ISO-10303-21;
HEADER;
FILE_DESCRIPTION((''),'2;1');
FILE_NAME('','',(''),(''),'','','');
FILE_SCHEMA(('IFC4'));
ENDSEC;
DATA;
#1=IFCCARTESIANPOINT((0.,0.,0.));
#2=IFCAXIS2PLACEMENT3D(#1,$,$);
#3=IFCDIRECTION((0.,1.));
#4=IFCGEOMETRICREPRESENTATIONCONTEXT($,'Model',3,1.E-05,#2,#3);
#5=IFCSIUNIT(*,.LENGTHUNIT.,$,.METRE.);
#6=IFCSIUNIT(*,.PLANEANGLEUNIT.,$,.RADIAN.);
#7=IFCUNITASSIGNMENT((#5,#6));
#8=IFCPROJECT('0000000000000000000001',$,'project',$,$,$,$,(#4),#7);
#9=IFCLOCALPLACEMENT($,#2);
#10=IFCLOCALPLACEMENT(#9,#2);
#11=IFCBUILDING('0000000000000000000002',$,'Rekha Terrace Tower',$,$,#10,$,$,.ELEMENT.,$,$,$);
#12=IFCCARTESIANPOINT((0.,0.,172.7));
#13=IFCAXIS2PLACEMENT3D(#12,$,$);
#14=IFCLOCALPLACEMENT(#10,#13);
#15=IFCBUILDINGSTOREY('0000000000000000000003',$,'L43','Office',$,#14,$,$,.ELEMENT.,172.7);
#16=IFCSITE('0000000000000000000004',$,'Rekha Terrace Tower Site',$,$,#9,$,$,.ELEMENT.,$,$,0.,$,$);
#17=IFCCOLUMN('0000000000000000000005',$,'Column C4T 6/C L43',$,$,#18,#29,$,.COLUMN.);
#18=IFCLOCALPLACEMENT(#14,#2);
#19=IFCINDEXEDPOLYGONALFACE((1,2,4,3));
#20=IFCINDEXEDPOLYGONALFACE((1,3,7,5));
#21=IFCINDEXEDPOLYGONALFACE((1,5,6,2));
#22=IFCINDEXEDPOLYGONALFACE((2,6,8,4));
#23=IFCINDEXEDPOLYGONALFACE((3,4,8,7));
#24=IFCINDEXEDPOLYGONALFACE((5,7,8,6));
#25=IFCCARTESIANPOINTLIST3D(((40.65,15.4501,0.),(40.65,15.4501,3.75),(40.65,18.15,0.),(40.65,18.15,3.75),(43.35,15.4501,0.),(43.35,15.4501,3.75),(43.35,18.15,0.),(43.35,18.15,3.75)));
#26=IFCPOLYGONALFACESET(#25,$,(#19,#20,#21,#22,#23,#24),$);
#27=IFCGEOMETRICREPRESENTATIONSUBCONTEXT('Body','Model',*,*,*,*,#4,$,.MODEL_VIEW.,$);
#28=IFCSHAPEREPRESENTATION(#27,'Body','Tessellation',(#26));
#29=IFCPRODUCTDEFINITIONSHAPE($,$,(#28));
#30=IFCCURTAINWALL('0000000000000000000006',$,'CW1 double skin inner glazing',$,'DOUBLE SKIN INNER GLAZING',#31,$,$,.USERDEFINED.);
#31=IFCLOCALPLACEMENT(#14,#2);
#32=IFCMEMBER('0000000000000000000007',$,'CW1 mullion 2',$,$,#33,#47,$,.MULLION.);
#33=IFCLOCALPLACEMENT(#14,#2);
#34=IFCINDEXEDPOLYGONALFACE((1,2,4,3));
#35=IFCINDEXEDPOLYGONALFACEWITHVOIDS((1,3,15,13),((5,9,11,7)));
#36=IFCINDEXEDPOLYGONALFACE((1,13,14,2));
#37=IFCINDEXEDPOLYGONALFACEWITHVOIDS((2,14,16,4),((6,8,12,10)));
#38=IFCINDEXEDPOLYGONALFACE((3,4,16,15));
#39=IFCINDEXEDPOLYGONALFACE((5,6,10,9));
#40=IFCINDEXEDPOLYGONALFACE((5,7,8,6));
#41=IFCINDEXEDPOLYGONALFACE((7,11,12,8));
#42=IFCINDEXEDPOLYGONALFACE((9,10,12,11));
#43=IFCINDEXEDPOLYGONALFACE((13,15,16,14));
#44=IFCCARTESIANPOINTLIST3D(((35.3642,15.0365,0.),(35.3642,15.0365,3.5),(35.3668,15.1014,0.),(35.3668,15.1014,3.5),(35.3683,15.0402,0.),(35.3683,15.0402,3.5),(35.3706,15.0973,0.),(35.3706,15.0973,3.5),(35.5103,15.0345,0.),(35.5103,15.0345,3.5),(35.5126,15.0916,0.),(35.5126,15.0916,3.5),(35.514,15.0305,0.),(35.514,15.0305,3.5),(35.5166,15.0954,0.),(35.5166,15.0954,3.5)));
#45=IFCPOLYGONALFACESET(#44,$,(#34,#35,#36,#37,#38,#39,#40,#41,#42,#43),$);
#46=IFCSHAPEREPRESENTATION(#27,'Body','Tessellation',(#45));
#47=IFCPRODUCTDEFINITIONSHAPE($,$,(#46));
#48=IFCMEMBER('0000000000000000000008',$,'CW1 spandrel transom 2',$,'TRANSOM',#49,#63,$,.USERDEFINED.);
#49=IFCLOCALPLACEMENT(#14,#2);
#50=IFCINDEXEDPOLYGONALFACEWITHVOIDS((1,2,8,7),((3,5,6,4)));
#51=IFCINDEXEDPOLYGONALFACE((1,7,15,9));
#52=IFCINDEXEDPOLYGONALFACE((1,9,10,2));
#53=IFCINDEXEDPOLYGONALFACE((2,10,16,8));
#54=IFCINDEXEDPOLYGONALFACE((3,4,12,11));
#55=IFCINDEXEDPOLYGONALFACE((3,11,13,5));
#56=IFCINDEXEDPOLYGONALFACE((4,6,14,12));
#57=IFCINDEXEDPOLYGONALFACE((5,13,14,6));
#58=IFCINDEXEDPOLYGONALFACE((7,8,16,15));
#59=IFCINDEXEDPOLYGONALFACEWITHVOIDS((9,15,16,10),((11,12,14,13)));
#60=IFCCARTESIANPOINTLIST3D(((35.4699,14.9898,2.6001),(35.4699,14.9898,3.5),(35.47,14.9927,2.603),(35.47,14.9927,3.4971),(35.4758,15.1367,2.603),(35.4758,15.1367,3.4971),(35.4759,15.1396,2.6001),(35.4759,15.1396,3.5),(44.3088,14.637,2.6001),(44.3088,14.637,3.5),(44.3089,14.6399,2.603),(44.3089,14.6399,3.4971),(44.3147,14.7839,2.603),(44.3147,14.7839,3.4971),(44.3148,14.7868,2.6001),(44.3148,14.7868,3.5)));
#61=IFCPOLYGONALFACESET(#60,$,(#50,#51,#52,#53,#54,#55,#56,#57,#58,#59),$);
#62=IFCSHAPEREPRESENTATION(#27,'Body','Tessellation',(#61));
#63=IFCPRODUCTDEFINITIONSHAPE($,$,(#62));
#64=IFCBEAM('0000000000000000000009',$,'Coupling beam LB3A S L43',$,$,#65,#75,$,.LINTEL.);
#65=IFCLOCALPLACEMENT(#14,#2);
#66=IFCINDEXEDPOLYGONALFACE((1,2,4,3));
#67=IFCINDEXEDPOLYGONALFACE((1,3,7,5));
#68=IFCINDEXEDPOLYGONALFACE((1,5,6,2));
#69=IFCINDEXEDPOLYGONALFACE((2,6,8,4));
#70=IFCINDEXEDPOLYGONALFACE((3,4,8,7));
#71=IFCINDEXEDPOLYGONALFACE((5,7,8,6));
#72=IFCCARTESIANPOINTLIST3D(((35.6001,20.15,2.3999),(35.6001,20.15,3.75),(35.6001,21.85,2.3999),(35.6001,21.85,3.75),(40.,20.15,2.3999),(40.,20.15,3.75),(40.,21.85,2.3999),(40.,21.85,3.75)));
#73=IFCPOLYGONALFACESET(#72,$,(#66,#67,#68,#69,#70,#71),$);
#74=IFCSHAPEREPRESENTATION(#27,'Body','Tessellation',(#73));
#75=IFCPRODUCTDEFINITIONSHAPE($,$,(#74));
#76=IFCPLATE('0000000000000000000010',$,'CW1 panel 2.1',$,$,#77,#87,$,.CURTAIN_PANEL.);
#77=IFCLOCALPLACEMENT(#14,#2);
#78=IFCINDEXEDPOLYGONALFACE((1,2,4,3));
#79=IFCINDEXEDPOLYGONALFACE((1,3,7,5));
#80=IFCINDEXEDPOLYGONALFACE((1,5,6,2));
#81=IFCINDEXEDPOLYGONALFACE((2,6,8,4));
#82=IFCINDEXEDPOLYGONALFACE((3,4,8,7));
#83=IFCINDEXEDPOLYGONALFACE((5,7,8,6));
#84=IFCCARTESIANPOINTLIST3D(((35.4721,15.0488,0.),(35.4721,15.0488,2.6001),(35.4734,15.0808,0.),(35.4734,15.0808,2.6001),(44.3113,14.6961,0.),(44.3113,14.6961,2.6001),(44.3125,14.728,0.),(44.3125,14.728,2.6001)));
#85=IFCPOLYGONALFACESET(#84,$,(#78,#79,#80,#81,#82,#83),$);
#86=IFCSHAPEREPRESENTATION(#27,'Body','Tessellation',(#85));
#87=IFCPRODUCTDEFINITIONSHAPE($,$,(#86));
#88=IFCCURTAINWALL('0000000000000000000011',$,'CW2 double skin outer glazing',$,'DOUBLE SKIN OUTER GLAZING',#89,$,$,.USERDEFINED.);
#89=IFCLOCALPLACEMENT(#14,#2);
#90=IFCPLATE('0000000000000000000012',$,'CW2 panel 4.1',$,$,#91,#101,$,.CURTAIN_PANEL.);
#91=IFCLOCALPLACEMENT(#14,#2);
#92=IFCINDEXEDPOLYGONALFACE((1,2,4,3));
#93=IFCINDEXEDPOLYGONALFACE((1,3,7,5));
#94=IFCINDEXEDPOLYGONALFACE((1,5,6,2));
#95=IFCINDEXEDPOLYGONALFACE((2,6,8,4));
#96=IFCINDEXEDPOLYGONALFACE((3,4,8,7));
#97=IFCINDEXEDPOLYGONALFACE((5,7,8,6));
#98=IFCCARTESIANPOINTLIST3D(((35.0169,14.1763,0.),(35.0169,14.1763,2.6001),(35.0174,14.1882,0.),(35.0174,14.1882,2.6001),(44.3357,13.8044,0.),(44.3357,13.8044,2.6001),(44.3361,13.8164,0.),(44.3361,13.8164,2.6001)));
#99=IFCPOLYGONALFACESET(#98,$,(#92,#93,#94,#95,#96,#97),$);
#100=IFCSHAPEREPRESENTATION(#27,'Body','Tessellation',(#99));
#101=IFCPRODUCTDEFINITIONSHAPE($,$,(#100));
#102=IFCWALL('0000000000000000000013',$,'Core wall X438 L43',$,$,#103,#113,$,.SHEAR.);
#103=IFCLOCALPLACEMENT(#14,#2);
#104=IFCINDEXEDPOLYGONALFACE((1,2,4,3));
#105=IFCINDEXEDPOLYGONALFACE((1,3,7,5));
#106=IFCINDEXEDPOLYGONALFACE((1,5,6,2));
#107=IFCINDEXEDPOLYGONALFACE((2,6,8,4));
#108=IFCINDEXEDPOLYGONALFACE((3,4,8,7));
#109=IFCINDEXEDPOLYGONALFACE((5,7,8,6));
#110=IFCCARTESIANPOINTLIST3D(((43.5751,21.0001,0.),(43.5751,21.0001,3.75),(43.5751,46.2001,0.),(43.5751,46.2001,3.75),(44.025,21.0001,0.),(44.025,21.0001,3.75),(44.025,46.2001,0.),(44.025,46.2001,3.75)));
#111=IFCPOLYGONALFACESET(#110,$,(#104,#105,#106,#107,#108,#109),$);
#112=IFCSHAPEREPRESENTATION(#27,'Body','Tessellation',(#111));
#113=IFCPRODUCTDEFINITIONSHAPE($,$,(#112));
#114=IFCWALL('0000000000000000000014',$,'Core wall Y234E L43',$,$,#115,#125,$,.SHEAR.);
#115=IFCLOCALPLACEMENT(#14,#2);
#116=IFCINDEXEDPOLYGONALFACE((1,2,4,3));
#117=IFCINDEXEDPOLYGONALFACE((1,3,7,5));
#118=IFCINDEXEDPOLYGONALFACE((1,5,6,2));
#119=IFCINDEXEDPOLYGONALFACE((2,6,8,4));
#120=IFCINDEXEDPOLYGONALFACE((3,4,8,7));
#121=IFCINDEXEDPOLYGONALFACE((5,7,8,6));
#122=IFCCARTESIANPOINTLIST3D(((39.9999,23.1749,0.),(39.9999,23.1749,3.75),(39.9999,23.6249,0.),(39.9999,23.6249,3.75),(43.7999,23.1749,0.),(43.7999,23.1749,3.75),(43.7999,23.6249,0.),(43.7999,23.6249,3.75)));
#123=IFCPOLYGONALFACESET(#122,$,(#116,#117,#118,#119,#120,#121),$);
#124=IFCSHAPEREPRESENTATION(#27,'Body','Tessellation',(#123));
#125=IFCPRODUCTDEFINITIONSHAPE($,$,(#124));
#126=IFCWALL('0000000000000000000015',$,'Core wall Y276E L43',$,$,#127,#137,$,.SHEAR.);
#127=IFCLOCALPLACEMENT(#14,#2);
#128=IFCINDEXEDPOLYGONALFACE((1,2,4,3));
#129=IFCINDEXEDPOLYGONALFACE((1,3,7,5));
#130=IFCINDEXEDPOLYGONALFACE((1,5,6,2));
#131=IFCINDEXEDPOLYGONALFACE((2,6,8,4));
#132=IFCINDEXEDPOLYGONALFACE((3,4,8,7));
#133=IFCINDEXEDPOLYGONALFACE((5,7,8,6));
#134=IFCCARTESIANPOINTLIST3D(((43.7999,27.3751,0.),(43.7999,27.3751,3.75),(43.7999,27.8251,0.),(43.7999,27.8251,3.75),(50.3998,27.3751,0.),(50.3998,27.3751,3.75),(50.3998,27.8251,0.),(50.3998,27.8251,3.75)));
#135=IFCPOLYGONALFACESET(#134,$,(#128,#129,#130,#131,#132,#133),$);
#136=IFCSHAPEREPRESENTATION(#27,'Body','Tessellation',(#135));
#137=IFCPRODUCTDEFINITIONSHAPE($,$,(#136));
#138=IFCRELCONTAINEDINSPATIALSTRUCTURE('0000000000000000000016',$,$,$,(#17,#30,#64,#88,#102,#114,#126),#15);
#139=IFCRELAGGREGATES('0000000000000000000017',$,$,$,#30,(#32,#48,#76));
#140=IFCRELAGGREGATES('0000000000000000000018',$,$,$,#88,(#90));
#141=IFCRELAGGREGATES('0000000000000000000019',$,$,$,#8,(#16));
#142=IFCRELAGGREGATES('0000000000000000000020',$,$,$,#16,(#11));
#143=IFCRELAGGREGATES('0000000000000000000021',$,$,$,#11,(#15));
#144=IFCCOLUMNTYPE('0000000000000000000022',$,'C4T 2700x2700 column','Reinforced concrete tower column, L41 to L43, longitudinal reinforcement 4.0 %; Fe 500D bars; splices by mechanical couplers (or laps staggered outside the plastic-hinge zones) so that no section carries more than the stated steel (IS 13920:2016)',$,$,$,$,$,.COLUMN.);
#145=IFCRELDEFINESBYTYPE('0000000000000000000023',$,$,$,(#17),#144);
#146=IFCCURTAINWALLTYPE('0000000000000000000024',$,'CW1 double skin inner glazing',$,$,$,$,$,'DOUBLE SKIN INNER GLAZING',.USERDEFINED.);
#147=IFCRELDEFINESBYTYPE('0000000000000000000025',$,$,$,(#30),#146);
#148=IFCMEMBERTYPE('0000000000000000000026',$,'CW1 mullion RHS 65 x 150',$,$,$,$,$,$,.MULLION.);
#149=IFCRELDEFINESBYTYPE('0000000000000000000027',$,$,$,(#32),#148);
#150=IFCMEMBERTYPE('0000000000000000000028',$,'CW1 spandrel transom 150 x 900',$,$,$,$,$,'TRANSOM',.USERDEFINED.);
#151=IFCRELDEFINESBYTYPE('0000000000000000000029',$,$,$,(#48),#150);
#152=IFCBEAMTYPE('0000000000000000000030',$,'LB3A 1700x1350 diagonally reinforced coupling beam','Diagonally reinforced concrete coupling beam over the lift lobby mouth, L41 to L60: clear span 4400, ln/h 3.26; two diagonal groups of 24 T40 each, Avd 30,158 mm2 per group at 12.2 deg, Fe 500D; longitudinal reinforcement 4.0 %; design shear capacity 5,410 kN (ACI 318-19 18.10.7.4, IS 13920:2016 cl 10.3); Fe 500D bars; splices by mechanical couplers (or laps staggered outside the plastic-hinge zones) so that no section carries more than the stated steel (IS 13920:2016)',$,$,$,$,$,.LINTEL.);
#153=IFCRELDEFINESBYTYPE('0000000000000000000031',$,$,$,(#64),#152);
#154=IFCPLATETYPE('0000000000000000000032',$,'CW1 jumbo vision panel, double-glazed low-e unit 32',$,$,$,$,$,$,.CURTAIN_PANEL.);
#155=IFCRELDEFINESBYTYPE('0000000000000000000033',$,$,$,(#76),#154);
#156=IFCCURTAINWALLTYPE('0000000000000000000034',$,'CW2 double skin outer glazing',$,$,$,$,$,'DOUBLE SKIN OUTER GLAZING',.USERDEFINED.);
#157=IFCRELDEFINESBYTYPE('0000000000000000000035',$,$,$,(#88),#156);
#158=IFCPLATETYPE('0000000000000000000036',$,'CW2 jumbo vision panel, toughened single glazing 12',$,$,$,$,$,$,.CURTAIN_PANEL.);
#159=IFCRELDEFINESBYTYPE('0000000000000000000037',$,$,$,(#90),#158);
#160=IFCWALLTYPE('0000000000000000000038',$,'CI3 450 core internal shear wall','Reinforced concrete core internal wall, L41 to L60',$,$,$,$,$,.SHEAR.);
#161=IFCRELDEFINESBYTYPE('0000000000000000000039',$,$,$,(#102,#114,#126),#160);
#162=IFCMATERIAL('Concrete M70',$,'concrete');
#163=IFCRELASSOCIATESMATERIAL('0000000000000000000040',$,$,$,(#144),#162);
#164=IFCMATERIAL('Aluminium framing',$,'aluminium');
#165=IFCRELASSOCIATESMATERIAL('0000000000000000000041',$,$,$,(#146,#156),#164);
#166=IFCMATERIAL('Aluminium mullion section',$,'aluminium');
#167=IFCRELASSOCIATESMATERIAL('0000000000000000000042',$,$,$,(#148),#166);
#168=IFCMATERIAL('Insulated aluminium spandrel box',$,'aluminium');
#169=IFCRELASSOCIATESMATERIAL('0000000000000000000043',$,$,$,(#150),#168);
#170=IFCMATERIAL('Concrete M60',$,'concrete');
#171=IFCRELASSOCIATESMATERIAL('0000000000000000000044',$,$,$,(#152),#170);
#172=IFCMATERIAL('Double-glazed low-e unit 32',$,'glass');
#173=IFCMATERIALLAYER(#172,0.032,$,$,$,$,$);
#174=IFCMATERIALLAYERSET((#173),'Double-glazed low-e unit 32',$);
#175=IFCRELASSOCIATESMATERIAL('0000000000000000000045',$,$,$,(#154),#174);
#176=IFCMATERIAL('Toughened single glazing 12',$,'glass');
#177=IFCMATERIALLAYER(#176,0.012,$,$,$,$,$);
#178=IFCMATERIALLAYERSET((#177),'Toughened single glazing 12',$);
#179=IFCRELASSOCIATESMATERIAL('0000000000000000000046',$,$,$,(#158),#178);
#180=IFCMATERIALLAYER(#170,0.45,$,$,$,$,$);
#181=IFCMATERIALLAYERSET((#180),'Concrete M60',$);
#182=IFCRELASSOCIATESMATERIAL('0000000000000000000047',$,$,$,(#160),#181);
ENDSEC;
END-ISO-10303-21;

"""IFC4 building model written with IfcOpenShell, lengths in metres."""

from ifc_helpers import new_model, si_unit, direction, frame, frame_2d, origin, origin_2d, place, context, subcontext, project, spatial, rectangle, hollow_rectangle, extrude, material, layer, layer_set, material_profile, profile_set, type_object, element, aggregate, save


model = new_model("IFC4")

# Units and contexts
model_context = context("Model", 3, precision=1e-05, world=origin(), true_north=direction((0.0, 1.0)))
body_context = subcontext(model_context, "Body", "Model", "MODEL_VIEW")
ifc_project = project(units=[si_unit("LENGTHUNIT", "METRE"), si_unit("PLANEANGLEUNIT", "RADIAN")], contexts=[model_context])

# Site, building, storey
site_placement = place(None, origin())
site = spatial("IfcSite", under=ifc_project, at=site_placement, Name="Rekha Terrace Tower Site", CompositionType="ELEMENT", RefElevation=0.0)
building_placement = place(site_placement, origin())
building = spatial("IfcBuilding", under=site, at=building_placement, Name="Rekha Terrace Tower", CompositionType="ELEMENT")
storey_placement = place(building_placement, frame((0.0, 0.0, 172.7)))
storey = spatial("IfcBuildingStorey", under=building, at=storey_placement, Name="L43", Description="Office", CompositionType="ELEMENT", Elevation=172.7)

# Column
ifc_material_1 = material(Name="Concrete M70", Category="concrete")
ifc_material_profile_1 = material_profile(ifc_material_1, rectangle(XDim=2.7, YDim=2.7, at=origin_2d()), Name="RC 2700x2700")
ifc_profile_set_1 = profile_set([ifc_material_profile_1], Name="Concrete M70")
column_type = type_object("IfcColumnType", Name="C4T 2700x2700 column", Description="Reinforced concrete tower column, L41 to L43, longitudinal reinforcement 4.0 %; Fe 500D bars; splices by mechanical couplers (or laps staggered outside the plastic-hinge zones) so that no section carries more than the stated steel (IS 13920:2016)", PredefinedType="COLUMN", material=ifc_profile_set_1)
column_placement = place(storey_placement, frame((42.0, 16.8, 0.0), z_axis=(0.0, 0.0, 1.0), x_axis=(1.0, 0.0, 0.0)))
element("IfcColumn", 1, at=column_placement, inside=storey, type_object=column_type, Name="Column C4T 6/C L43", PredefinedType="COLUMN", context=body_context, shape_type="SweptSolid", body=[
    extrude(rectangle(XDim=2.7, YDim=2.7, at=origin_2d()), origin(), (0.0, 0.0, 1.0), 3.75),
])

# Curtain wall, members
ifc_material_2 = material(Name="Aluminium framing", Category="aluminium")
curtain_wall_type_1 = type_object("IfcCurtainWallType", Name="CW1 double skin inner glazing", ElementType="DOUBLE SKIN INNER GLAZING", PredefinedType="USERDEFINED", material=ifc_material_2)
curtain_wall_1_placement = place(storey_placement, origin())
curtain_wall_1 = element("IfcCurtainWall", 2, at=curtain_wall_1_placement, inside=storey, type_object=curtain_wall_type_1, Name="CW1 double skin inner glazing", ObjectType="DOUBLE SKIN INNER GLAZING", PredefinedType="USERDEFINED")
ifc_material_3 = material(Name="Aluminium mullion section", Category="aluminium")
ifc_material_profile_2 = material_profile(ifc_material_3, hollow_rectangle(XDim=0.0649, YDim=0.1499, WallThickness=0.0039, at=origin_2d()), Name="AL RHS 65x150")
ifc_profile_set_2 = profile_set([ifc_material_profile_2], Name="Aluminium mullion section")
member_type_1 = type_object("IfcMemberType", Name="CW1 mullion RHS 65 x 150", PredefinedType="MULLION", material=ifc_profile_set_2)
member_1_placement = place(storey_placement, frame((35.4404, 15.0659, 0.0), z_axis=(0.0, 0.0, 1.0), x_axis=(0.039872, 0.999205, 0.0)))
member_1 = element("IfcMember", 3, at=member_1_placement, type_object=member_type_1, Name="CW1 mullion 2", PredefinedType="MULLION", context=body_context, shape_type="SweptSolid", body=[
    extrude(hollow_rectangle(XDim=0.0649, YDim=0.1499, WallThickness=0.0039, at=origin_2d()), origin(), (0.0, 0.0, 1.0), 3.5),
])
ifc_material_4 = material(Name="Insulated aluminium spandrel box", Category="aluminium")
ifc_material_profile_3 = material_profile(ifc_material_4, hollow_rectangle(XDim=0.1499, YDim=0.8999, WallThickness=0.0029, at=origin_2d()), Name="AL SPANDREL BOX 150x900")
ifc_profile_set_3 = profile_set([ifc_material_profile_3], Name="Insulated aluminium spandrel box")
member_type_2 = type_object("IfcMemberType", Name="CW1 spandrel transom 150 x 900", ElementType="TRANSOM", PredefinedType="USERDEFINED", material=ifc_profile_set_3)
member_2_placement = place(storey_placement, frame((35.4729, 15.0647, 3.05), z_axis=(0.999204, -0.039881, 0.0), x_axis=(0.039881, 0.999204, 0.0)))
member_2 = element("IfcMember", 4, at=member_2_placement, type_object=member_type_2, Name="CW1 spandrel transom 2", ObjectType="TRANSOM", PredefinedType="USERDEFINED", context=body_context, shape_type="SweptSolid", body=[
    extrude(hollow_rectangle(XDim=0.1499, YDim=0.8999, WallThickness=0.0029, at=origin_2d()), origin(), (0.0, 0.0, 1.0), 8.8459),
])

# Beam
ifc_material_5 = material(Name="Concrete M60", Category="concrete")
ifc_material_profile_4 = material_profile(ifc_material_5, rectangle(XDim=1.7, YDim=1.3501, at=origin_2d()), Name="RC 1700x1350")
ifc_profile_set_4 = profile_set([ifc_material_profile_4], Name="Concrete M60")
beam_type = type_object("IfcBeamType", Name="LB3A 1700x1350 diagonally reinforced coupling beam", Description="Diagonally reinforced concrete coupling beam over the lift lobby mouth, L41 to L60: clear span 4400, ln/h 3.26; two diagonal groups of 24 T40 each, Avd 30,158 mm2 per group at 12.2 deg, Fe 500D; longitudinal reinforcement 4.0 %; design shear capacity 5,410 kN (ACI 318-19 18.10.7.4, IS 13920:2016 cl 10.3); Fe 500D bars; splices by mechanical couplers (or laps staggered outside the plastic-hinge zones) so that no section carries more than the stated steel (IS 13920:2016)", PredefinedType="LINTEL", material=ifc_profile_set_4)
beam_placement = place(storey_placement, frame((35.6001, 21.0, 3.075), z_axis=(1.0, 0.0, 0.0), x_axis=(0.0, 1.0, 0.0)))
element("IfcBeam", 5, at=beam_placement, inside=storey, type_object=beam_type, Name="Coupling beam LB3A S L43", PredefinedType="LINTEL", context=body_context, shape_type="SweptSolid", body=[
    extrude(rectangle(XDim=1.7, YDim=1.3501, at=origin_2d()), origin(), (0.0, 0.0, 1.0), 4.3999),
])

# Plate
ifc_material_6 = material(Name="Double-glazed low-e unit 32", Category="glass")
ifc_layer_1 = layer(ifc_material_6, 0.032)
ifc_layer_set_1 = layer_set([ifc_layer_1], Name="Double-glazed low-e unit 32")
plate_type_1 = type_object("IfcPlateType", Name="CW1 jumbo vision panel, double-glazed low-e unit 32", PredefinedType="CURTAIN_PANEL", material=ifc_layer_set_1)
plate_1_placement = place(storey_placement, frame((39.8923, 14.8884, 0.0), z_axis=(0.0, 0.0, 1.0), x_axis=(0.999205, -0.039872, 0.0)))
plate_1 = element("IfcPlate", 6, at=plate_1_placement, type_object=plate_type_1, Name="CW1 panel 2.1", PredefinedType="CURTAIN_PANEL", context=body_context, shape_type="SweptSolid", body=[
    extrude(rectangle(XDim=8.8462, YDim=0.032, at=origin_2d()), origin(), (0.0, 0.0, 1.0), 2.6001),
])
aggregate(curtain_wall_1, [member_1, member_2, plate_1])

# Curtain wall, plate
curtain_wall_type_2 = type_object("IfcCurtainWallType", Name="CW2 double skin outer glazing", ElementType="DOUBLE SKIN OUTER GLAZING", PredefinedType="USERDEFINED", material=ifc_material_2)
curtain_wall_2_placement = place(storey_placement, origin())
curtain_wall_2 = element("IfcCurtainWall", 7, at=curtain_wall_2_placement, inside=storey, type_object=curtain_wall_type_2, Name="CW2 double skin outer glazing", ObjectType="DOUBLE SKIN OUTER GLAZING", PredefinedType="USERDEFINED")
ifc_material_7 = material(Name="Toughened single glazing 12", Category="glass")
ifc_layer_2 = layer(ifc_material_7, 0.012)
ifc_layer_set_2 = layer_set([ifc_layer_2], Name="Toughened single glazing 12")
plate_type_2 = type_object("IfcPlateType", Name="CW2 jumbo vision panel, toughened single glazing 12", PredefinedType="CURTAIN_PANEL", material=ifc_layer_set_2)
plate_2_placement = place(storey_placement, frame((39.6765, 13.9963, 0.0), z_axis=(0.0, 0.0, 1.0), x_axis=(0.999205, -0.039872, 0.0)))
plate_2 = element("IfcPlate", 8, at=plate_2_placement, type_object=plate_type_2, Name="CW2 panel 4.1", PredefinedType="CURTAIN_PANEL", context=body_context, shape_type="SweptSolid", body=[
    extrude(rectangle(XDim=9.3262, YDim=0.012, at=origin_2d()), origin(), (0.0, 0.0, 1.0), 2.6001),
])
aggregate(curtain_wall_2, [plate_2])

# Walls
ifc_layer_3 = layer(ifc_material_5, 0.45)
ifc_layer_set_3 = layer_set([ifc_layer_3], Name="Concrete M60")
wall_type_1 = type_object("IfcWallType", Name="CI3 450 core internal shear wall", Description="Reinforced concrete core internal wall, L41 to L60", PredefinedType="SHEAR", material=ifc_layer_set_3)
wall_1_placement = place(storey_placement, frame((43.8, 21.0, 0.0), z_axis=(0.0, 0.0, 1.0), x_axis=(0.0, 1.0, 0.0)))
element("IfcWall", 9, at=wall_1_placement, inside=storey, type_object=wall_type_1, Name="Core wall X438 L43", PredefinedType="SHEAR", context=body_context, shape_type="SweptSolid", body=[
    extrude(rectangle(XDim=25.2, YDim=0.45, at=frame_2d((12.6001, 0.0))), origin(), (0.0, 0.0, 1.0), 3.75),
])
wall_2_placement = place(storey_placement, frame((40.0, 23.3999, 0.0), z_axis=(0.0, 0.0, 1.0), x_axis=(1.0, 0.0, 0.0)))
element("IfcWall", 10, at=wall_2_placement, inside=storey, type_object=wall_type_1, Name="Core wall Y234E L43", PredefinedType="SHEAR", context=body_context, shape_type="SweptSolid", body=[
    extrude(rectangle(XDim=3.8, YDim=0.45, at=frame_2d((1.8999, 0.0))), origin(), (0.0, 0.0, 1.0), 3.75),
])
wall_3_placement = place(storey_placement, frame((43.8, 27.6001, 0.0), z_axis=(0.0, 0.0, 1.0), x_axis=(1.0, 0.0, 0.0)))
element("IfcWall", 11, at=wall_3_placement, inside=storey, type_object=wall_type_1, Name="Core wall Y276E L43", PredefinedType="SHEAR", context=body_context, shape_type="SweptSolid", body=[
    extrude(rectangle(XDim=6.5999, YDim=0.45, at=frame_2d((3.2998, 0.0))), origin(), (0.0, 0.0, 1.0), 3.75),
])

save(model, "model.ifc")
